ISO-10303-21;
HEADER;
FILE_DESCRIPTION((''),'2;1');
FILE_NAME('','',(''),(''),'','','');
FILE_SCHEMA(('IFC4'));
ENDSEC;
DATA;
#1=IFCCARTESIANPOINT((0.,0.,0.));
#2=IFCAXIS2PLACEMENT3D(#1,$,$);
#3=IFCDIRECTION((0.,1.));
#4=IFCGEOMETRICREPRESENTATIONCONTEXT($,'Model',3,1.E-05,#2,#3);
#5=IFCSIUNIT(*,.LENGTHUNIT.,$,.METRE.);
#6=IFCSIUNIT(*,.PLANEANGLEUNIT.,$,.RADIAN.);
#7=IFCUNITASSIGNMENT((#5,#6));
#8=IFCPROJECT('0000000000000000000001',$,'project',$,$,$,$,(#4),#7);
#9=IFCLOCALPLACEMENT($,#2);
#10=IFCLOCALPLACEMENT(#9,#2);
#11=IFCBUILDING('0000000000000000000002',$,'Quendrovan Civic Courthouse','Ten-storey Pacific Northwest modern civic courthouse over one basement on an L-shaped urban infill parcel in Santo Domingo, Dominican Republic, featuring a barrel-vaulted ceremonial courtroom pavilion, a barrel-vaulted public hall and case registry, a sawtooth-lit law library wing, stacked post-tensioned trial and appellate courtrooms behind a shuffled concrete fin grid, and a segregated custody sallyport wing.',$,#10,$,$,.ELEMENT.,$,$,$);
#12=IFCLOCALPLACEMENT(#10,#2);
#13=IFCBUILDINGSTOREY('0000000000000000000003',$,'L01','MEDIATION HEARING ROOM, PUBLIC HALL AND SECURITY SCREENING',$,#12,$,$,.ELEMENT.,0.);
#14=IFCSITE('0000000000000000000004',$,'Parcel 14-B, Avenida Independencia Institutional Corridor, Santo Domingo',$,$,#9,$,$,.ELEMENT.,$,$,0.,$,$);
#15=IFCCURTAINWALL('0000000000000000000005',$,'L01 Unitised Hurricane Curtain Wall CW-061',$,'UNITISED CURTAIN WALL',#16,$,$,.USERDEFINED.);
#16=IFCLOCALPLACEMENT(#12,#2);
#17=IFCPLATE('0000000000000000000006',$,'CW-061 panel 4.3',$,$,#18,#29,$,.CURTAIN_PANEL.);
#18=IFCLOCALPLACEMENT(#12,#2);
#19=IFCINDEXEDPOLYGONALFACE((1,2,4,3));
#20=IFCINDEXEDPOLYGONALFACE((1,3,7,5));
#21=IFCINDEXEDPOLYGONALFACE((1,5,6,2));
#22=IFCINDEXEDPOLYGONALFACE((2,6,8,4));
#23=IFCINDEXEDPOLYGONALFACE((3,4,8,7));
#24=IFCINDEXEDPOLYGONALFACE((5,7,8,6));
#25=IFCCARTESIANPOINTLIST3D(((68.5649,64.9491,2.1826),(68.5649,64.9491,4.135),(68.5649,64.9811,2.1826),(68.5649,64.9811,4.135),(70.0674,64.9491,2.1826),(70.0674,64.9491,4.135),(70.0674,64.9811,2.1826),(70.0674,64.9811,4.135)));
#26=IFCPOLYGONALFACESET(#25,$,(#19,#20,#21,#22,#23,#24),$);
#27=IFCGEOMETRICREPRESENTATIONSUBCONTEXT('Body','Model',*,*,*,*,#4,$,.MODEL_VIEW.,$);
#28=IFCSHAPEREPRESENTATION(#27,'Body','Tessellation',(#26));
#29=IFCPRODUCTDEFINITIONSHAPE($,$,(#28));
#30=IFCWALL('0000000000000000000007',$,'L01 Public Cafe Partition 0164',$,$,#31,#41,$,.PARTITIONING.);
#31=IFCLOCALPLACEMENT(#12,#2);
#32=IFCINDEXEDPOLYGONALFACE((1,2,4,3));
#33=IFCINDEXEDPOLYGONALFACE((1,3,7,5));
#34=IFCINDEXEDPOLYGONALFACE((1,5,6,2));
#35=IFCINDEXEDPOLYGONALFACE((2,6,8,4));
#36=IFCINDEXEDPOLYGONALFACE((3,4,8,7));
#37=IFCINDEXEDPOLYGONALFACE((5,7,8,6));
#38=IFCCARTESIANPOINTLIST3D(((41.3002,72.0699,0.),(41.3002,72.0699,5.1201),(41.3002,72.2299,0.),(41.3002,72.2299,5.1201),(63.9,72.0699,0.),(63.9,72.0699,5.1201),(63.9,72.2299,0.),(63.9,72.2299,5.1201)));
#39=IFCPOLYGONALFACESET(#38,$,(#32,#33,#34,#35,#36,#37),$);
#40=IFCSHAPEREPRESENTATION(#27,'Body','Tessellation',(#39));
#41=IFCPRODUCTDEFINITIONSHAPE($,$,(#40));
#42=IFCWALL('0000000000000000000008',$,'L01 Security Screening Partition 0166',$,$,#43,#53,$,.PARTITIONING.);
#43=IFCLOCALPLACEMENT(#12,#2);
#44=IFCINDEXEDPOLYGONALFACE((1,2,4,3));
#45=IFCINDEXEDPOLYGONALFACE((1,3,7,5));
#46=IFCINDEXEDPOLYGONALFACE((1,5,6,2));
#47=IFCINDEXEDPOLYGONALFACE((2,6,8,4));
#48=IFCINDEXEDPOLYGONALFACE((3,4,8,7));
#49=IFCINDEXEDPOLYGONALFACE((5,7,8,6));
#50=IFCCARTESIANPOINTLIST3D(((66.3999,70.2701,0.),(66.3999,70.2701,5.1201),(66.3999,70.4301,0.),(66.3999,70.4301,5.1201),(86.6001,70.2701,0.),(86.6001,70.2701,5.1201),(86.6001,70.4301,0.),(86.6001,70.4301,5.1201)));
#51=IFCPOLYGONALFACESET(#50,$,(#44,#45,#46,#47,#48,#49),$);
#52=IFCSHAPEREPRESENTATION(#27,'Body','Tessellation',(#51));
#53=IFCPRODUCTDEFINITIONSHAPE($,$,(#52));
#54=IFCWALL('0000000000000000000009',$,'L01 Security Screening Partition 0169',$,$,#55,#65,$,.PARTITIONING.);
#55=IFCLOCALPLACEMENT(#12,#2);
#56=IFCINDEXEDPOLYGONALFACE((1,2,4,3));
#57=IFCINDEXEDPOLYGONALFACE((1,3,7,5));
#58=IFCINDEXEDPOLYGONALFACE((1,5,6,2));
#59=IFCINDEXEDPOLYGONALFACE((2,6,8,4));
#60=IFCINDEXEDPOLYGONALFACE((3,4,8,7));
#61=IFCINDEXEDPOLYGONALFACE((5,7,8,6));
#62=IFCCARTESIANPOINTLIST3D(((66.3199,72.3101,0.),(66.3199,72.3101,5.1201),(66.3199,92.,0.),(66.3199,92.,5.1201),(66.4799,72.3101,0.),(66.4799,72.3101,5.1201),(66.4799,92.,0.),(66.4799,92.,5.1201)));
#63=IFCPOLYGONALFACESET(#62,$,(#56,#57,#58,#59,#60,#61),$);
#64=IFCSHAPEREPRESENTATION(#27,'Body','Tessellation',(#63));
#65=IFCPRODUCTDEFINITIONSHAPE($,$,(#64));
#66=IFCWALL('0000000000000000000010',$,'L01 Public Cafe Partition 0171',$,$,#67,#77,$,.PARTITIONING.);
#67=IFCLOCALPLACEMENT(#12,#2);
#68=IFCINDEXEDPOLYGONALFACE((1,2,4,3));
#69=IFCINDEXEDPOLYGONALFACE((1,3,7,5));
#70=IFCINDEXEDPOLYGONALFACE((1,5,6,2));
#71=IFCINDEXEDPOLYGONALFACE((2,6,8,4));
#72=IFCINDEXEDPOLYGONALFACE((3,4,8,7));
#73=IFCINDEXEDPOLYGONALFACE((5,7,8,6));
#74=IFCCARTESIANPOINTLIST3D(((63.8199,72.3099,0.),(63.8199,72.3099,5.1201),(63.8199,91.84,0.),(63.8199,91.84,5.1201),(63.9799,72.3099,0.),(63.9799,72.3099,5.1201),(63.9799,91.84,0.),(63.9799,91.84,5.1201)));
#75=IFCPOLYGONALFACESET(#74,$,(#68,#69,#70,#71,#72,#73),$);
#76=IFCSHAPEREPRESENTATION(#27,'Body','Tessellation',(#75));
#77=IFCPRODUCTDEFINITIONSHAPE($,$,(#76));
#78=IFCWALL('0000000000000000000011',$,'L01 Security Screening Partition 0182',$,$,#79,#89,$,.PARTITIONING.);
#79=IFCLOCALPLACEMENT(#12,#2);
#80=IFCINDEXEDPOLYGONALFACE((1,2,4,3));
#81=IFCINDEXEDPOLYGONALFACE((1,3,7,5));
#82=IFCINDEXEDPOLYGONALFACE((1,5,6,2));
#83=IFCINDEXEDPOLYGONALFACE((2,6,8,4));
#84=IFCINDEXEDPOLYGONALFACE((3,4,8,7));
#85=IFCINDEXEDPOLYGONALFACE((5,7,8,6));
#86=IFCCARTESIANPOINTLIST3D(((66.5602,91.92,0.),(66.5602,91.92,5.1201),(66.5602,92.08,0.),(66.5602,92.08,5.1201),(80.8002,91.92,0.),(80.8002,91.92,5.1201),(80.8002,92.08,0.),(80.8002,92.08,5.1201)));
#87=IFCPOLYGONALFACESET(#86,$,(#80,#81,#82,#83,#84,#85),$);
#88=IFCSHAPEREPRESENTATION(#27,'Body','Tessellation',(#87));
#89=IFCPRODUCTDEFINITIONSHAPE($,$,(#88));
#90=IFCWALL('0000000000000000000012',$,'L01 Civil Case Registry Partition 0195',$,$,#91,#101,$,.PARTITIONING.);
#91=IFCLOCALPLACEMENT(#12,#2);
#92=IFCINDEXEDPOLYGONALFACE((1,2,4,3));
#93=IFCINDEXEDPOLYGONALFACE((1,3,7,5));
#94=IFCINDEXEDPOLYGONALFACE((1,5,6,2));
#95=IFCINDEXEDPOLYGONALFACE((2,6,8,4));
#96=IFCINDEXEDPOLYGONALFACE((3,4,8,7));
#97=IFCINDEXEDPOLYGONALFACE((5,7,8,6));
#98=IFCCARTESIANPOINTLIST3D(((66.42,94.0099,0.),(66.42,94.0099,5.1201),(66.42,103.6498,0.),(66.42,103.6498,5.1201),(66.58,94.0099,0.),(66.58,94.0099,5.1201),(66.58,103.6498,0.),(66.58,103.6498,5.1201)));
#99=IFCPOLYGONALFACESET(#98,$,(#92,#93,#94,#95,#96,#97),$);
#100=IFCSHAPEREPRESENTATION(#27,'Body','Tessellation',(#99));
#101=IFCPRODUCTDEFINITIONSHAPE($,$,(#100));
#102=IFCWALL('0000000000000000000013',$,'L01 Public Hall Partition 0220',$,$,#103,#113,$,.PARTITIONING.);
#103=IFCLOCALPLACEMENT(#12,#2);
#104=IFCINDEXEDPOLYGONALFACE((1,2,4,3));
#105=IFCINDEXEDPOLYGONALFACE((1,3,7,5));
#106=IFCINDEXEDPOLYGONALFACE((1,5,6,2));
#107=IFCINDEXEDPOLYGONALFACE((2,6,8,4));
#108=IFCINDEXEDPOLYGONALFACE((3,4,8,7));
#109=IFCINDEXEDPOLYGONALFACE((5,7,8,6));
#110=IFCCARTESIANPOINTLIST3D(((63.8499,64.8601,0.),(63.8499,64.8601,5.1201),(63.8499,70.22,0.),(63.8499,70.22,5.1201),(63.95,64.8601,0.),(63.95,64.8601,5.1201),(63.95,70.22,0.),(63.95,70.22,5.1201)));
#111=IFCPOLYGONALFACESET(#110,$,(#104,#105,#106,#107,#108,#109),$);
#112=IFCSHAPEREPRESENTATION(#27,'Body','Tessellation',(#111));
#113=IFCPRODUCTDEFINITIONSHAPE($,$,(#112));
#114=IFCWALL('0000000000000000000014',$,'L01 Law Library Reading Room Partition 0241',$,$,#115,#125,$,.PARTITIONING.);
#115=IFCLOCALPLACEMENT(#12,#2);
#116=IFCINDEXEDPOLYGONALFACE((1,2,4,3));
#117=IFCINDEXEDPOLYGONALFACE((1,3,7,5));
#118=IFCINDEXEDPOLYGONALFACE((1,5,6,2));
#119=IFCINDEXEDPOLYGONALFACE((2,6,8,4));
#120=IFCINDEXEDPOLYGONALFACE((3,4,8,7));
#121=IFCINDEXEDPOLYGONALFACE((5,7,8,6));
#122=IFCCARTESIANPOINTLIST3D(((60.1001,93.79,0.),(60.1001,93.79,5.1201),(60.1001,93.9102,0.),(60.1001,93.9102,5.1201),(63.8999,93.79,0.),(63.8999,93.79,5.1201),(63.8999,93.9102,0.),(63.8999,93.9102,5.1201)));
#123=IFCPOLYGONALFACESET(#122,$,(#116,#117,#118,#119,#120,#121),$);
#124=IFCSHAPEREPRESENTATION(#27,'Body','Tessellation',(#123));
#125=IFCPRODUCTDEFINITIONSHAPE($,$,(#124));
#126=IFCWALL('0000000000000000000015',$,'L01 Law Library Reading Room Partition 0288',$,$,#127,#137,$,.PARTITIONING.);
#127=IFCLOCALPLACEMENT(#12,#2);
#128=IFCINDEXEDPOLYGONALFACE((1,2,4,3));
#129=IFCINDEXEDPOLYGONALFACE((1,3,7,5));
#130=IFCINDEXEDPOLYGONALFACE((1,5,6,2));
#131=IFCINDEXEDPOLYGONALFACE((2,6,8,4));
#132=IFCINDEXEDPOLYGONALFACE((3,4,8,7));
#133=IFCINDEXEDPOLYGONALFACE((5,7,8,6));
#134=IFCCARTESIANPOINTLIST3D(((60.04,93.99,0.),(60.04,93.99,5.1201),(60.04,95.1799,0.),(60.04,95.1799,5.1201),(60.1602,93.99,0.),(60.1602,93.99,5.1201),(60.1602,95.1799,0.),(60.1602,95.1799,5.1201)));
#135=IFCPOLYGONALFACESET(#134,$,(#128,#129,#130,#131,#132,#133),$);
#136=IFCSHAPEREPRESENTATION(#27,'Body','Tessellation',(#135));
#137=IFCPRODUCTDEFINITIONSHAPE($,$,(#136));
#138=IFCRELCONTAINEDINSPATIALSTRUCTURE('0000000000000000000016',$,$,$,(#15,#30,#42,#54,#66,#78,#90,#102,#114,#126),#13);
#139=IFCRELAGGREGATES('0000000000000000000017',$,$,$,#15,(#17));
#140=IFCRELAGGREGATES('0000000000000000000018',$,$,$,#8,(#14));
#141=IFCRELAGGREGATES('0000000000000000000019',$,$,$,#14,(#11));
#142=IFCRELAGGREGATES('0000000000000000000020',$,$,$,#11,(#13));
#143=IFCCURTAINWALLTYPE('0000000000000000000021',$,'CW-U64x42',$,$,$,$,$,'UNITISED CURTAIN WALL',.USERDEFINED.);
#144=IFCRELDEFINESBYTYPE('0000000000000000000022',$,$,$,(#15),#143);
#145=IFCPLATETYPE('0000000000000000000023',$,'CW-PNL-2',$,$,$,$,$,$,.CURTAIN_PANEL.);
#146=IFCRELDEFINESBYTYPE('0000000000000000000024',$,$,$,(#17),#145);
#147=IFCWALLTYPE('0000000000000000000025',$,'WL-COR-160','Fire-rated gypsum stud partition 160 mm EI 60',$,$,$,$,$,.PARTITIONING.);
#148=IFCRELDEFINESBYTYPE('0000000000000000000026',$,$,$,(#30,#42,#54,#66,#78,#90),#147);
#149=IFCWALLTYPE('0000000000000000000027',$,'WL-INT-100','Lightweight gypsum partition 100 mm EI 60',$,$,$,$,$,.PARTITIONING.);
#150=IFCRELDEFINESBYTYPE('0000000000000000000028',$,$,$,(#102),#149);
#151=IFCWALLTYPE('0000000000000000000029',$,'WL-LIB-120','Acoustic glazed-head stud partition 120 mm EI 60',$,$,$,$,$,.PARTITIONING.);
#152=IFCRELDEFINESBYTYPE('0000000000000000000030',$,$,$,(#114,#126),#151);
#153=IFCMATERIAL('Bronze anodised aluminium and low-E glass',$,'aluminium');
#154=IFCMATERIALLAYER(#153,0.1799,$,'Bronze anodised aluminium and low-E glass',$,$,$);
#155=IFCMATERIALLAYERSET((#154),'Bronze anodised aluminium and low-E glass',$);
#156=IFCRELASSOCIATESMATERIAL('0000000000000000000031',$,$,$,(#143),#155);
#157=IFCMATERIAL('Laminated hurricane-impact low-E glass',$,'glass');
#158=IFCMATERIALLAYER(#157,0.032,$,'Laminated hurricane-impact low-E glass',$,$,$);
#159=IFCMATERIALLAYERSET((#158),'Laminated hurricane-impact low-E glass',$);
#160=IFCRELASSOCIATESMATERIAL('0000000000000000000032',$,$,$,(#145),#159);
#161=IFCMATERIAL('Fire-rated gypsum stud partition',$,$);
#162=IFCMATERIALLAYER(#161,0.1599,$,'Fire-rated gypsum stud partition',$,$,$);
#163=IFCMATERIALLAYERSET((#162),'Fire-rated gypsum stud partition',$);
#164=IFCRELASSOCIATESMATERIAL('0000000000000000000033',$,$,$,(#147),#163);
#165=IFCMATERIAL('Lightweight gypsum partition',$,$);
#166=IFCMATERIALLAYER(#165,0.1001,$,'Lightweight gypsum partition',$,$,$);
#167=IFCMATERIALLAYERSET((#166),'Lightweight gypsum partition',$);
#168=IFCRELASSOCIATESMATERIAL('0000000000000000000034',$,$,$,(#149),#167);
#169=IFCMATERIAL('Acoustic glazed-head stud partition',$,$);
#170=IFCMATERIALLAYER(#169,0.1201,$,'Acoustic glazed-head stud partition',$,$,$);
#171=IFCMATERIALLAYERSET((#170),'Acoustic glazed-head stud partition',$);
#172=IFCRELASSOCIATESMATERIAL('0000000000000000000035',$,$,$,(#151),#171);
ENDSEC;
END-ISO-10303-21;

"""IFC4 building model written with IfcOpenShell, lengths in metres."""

from ifc_helpers import new_model, si_unit, direction, frame, frame_2d, origin, origin_2d, place, context, subcontext, project, spatial, rectangle, extrude, material, layer, layer_set, type_object, element, aggregate, save


model = new_model("IFC4")

# Units and contexts
model_context = context("Model", 3, precision=1e-05, world=origin(), true_north=direction((0.0, 1.0)))
body_context = subcontext(model_context, "Body", "Model", "MODEL_VIEW")
ifc_project = project(units=[si_unit("LENGTHUNIT", "METRE"), si_unit("PLANEANGLEUNIT", "RADIAN")], contexts=[model_context])

# Site, building, storey
site_placement = place(None, origin())
site = spatial("IfcSite", under=ifc_project, at=site_placement, Name="Parcel 14-B, Avenida Independencia Institutional Corridor, Santo Domingo", CompositionType="ELEMENT", RefElevation=0.0)
building_placement = place(site_placement, origin())
building = spatial("IfcBuilding", under=site, at=building_placement, Name="Quendrovan Civic Courthouse", Description="Ten-storey Pacific Northwest modern civic courthouse over one basement on an L-shaped urban infill parcel in Santo Domingo, Dominican Republic, featuring a barrel-vaulted ceremonial courtroom pavilion, a barrel-vaulted public hall and case registry, a sawtooth-lit law library wing, stacked post-tensioned trial and appellate courtrooms behind a shuffled concrete fin grid, and a segregated custody sallyport wing.", CompositionType="ELEMENT")
storey_placement = place(building_placement, origin())
storey = spatial("IfcBuildingStorey", under=building, at=storey_placement, Name="L01", Description="MEDIATION HEARING ROOM, PUBLIC HALL AND SECURITY SCREENING", CompositionType="ELEMENT", Elevation=0.0)

# Curtain wall, plate
ifc_material_1 = material(Name="Bronze anodised aluminium and low-E glass", Category="aluminium")
ifc_layer_1 = layer(ifc_material_1, 0.1799, Name="Bronze anodised aluminium and low-E glass")
ifc_layer_set_1 = layer_set([ifc_layer_1], Name="Bronze anodised aluminium and low-E glass")
curtain_wall_type = type_object("IfcCurtainWallType", Name="CW-U64x42", ElementType="UNITISED CURTAIN WALL", PredefinedType="USERDEFINED", material=ifc_layer_set_1)
curtain_wall_placement = place(storey_placement, origin())
curtain_wall = element("IfcCurtainWall", 1, at=curtain_wall_placement, inside=storey, type_object=curtain_wall_type, Name="L01 Unitised Hurricane Curtain Wall CW-061", ObjectType="UNITISED CURTAIN WALL", PredefinedType="USERDEFINED")
ifc_material_2 = material(Name="Laminated hurricane-impact low-E glass", Category="glass")
ifc_layer_2 = layer(ifc_material_2, 0.032, Name="Laminated hurricane-impact low-E glass")
ifc_layer_set_2 = layer_set([ifc_layer_2], Name="Laminated hurricane-impact low-E glass")
plate_type = type_object("IfcPlateType", Name="CW-PNL-2", PredefinedType="CURTAIN_PANEL", material=ifc_layer_set_2)
plate_1_placement = place(storey_placement, frame((69.3162, 64.9651, 2.1826), z_axis=(0.0, 0.0, 1.0), x_axis=(-1.0, 0.0, 0.0)))
plate_1 = element("IfcPlate", 2, at=plate_1_placement, type_object=plate_type, Name="CW-061 panel 4.3", PredefinedType="CURTAIN_PANEL", context=body_context, shape_type="SweptSolid", body=[
    extrude(rectangle(XDim=1.5024, YDim=0.032, at=origin_2d()), origin(), (0.0, 0.0, 1.0), 1.9524),
])
aggregate(curtain_wall, [plate_1])

# Walls
ifc_material_3 = material(Name="Fire-rated gypsum stud partition")
ifc_layer_3 = layer(ifc_material_3, 0.1599, Name="Fire-rated gypsum stud partition")
ifc_layer_set_3 = layer_set([ifc_layer_3], Name="Fire-rated gypsum stud partition")
wall_type_1 = type_object("IfcWallType", Name="WL-COR-160", Description="Fire-rated gypsum stud partition 160 mm EI 60", PredefinedType="PARTITIONING", material=ifc_layer_set_3)
wall_1_placement = place(storey_placement, frame((63.8999, 72.1499, 0.0), z_axis=(0.0, 0.0, 1.0), x_axis=(-1.0, 0.0, 0.0)))
element("IfcWall", 3, at=wall_1_placement, inside=storey, type_object=wall_type_1, Name="L01 Public Cafe Partition 0164", PredefinedType="PARTITIONING", context=body_context, shape_type="SweptSolid", body=[
    extrude(rectangle(XDim=22.5999, YDim=0.1599, at=frame_2d((11.2998, 0.0))), origin(), (0.0, 0.0, 1.0), 5.1201),
])
wall_2_placement = place(storey_placement, frame((66.3999, 70.3501, 0.0), z_axis=(0.0, 0.0, 1.0), x_axis=(1.0, 0.0, 0.0)))
element("IfcWall", 4, at=wall_2_placement, inside=storey, type_object=wall_type_1, Name="L01 Security Screening Partition 0166", PredefinedType="PARTITIONING", context=body_context, shape_type="SweptSolid", body=[
    extrude(rectangle(XDim=20.2002, YDim=0.1599, at=frame_2d((10.1001, 0.0))), origin(), (0.0, 0.0, 1.0), 5.1201),
])
wall_3_placement = place(storey_placement, frame((66.3999, 72.3101, 0.0), z_axis=(0.0, 0.0, 1.0), x_axis=(0.0, 1.0, 0.0)))
element("IfcWall", 5, at=wall_3_placement, inside=storey, type_object=wall_type_1, Name="L01 Security Screening Partition 0169", PredefinedType="PARTITIONING", context=body_context, shape_type="SweptSolid", body=[
    extrude(rectangle(XDim=19.6899, YDim=0.1599, at=frame_2d((9.845, 0.0))), origin(), (0.0, 0.0, 1.0), 5.1201),
])
wall_4_placement = place(storey_placement, frame((63.8999, 91.8401, 0.0), z_axis=(0.0, 0.0, 1.0), x_axis=(0.0, -1.0, 0.0)))
element("IfcWall", 6, at=wall_4_placement, inside=storey, type_object=wall_type_1, Name="L01 Public Cafe Partition 0171", PredefinedType="PARTITIONING", context=body_context, shape_type="SweptSolid", body=[
    extrude(rectangle(XDim=19.53, YDim=0.1599, at=frame_2d((9.7651, 0.0))), origin(), (0.0, 0.0, 1.0), 5.1201),
])
wall_5_placement = place(storey_placement, frame((66.5601, 92.0, 0.0), z_axis=(0.0, 0.0, 1.0), x_axis=(1.0, 0.0, 0.0)))
element("IfcWall", 7, at=wall_5_placement, inside=storey, type_object=wall_type_1, Name="L01 Security Screening Partition 0182", PredefinedType="PARTITIONING", context=body_context, shape_type="SweptSolid", body=[
    extrude(rectangle(XDim=14.24, YDim=0.1599, at=frame_2d((7.1201, 0.0))), origin(), (0.0, 0.0, 1.0), 5.1201),
])
wall_6_placement = place(storey_placement, frame((66.5, 94.01, 0.0), z_axis=(0.0, 0.0, 1.0), x_axis=(0.0, 1.0, 0.0)))
element("IfcWall", 8, at=wall_6_placement, inside=storey, type_object=wall_type_1, Name="L01 Civil Case Registry Partition 0195", PredefinedType="PARTITIONING", context=body_context, shape_type="SweptSolid", body=[
    extrude(rectangle(XDim=9.6399, YDim=0.1599, at=frame_2d((4.8198, 0.0))), origin(), (0.0, 0.0, 1.0), 5.1201),
])
ifc_material_4 = material(Name="Lightweight gypsum partition")
ifc_layer_4 = layer(ifc_material_4, 0.1001, Name="Lightweight gypsum partition")
ifc_layer_set_4 = layer_set([ifc_layer_4], Name="Lightweight gypsum partition")
wall_type_2 = type_object("IfcWallType", Name="WL-INT-100", Description="Lightweight gypsum partition 100 mm EI 60", PredefinedType="PARTITIONING", material=ifc_layer_set_4)
wall_7_placement = place(storey_placement, frame((63.8999, 70.22, 0.0), z_axis=(0.0, 0.0, 1.0), x_axis=(0.0, -1.0, 0.0)))
element("IfcWall", 9, at=wall_7_placement, inside=storey, type_object=wall_type_2, Name="L01 Public Hall Partition 0220", PredefinedType="PARTITIONING", context=body_context, shape_type="SweptSolid", body=[
    extrude(rectangle(XDim=5.3599, YDim=0.1001, at=frame_2d((2.6799, 0.0))), origin(), (0.0, 0.0, 1.0), 5.1201),
])
ifc_material_5 = material(Name="Acoustic glazed-head stud partition")
ifc_layer_5 = layer(ifc_material_5, 0.1201, Name="Acoustic glazed-head stud partition")
ifc_layer_set_5 = layer_set([ifc_layer_5], Name="Acoustic glazed-head stud partition")
wall_type_3 = type_object("IfcWallType", Name="WL-LIB-120", Description="Acoustic glazed-head stud partition 120 mm EI 60", PredefinedType="PARTITIONING", material=ifc_layer_set_5)
wall_8_placement = place(storey_placement, frame((63.8999, 93.8501, 0.0), z_axis=(0.0, 0.0, 1.0), x_axis=(-1.0, 0.0, 0.0)))
element("IfcWall", 10, at=wall_8_placement, inside=storey, type_object=wall_type_3, Name="L01 Law Library Reading Room Partition 0241", PredefinedType="PARTITIONING", context=body_context, shape_type="SweptSolid", body=[
    extrude(rectangle(XDim=3.7998, YDim=0.1201, at=frame_2d((1.8999, 0.0))), origin(), (0.0, 0.0, 1.0), 5.1201),
])
wall_9_placement = place(storey_placement, frame((60.1001, 93.99, 0.0), z_axis=(0.0, 0.0, 1.0), x_axis=(0.0, 1.0, 0.0)))
element("IfcWall", 11, at=wall_9_placement, inside=storey, type_object=wall_type_3, Name="L01 Law Library Reading Room Partition 0288", PredefinedType="PARTITIONING", context=body_context, shape_type="SweptSolid", body=[
    extrude(rectangle(XDim=1.1899, YDim=0.1201, at=frame_2d((0.595, 0.0))), origin(), (0.0, 0.0, 1.0), 5.1201),
])

save(model, "model.ifc")
